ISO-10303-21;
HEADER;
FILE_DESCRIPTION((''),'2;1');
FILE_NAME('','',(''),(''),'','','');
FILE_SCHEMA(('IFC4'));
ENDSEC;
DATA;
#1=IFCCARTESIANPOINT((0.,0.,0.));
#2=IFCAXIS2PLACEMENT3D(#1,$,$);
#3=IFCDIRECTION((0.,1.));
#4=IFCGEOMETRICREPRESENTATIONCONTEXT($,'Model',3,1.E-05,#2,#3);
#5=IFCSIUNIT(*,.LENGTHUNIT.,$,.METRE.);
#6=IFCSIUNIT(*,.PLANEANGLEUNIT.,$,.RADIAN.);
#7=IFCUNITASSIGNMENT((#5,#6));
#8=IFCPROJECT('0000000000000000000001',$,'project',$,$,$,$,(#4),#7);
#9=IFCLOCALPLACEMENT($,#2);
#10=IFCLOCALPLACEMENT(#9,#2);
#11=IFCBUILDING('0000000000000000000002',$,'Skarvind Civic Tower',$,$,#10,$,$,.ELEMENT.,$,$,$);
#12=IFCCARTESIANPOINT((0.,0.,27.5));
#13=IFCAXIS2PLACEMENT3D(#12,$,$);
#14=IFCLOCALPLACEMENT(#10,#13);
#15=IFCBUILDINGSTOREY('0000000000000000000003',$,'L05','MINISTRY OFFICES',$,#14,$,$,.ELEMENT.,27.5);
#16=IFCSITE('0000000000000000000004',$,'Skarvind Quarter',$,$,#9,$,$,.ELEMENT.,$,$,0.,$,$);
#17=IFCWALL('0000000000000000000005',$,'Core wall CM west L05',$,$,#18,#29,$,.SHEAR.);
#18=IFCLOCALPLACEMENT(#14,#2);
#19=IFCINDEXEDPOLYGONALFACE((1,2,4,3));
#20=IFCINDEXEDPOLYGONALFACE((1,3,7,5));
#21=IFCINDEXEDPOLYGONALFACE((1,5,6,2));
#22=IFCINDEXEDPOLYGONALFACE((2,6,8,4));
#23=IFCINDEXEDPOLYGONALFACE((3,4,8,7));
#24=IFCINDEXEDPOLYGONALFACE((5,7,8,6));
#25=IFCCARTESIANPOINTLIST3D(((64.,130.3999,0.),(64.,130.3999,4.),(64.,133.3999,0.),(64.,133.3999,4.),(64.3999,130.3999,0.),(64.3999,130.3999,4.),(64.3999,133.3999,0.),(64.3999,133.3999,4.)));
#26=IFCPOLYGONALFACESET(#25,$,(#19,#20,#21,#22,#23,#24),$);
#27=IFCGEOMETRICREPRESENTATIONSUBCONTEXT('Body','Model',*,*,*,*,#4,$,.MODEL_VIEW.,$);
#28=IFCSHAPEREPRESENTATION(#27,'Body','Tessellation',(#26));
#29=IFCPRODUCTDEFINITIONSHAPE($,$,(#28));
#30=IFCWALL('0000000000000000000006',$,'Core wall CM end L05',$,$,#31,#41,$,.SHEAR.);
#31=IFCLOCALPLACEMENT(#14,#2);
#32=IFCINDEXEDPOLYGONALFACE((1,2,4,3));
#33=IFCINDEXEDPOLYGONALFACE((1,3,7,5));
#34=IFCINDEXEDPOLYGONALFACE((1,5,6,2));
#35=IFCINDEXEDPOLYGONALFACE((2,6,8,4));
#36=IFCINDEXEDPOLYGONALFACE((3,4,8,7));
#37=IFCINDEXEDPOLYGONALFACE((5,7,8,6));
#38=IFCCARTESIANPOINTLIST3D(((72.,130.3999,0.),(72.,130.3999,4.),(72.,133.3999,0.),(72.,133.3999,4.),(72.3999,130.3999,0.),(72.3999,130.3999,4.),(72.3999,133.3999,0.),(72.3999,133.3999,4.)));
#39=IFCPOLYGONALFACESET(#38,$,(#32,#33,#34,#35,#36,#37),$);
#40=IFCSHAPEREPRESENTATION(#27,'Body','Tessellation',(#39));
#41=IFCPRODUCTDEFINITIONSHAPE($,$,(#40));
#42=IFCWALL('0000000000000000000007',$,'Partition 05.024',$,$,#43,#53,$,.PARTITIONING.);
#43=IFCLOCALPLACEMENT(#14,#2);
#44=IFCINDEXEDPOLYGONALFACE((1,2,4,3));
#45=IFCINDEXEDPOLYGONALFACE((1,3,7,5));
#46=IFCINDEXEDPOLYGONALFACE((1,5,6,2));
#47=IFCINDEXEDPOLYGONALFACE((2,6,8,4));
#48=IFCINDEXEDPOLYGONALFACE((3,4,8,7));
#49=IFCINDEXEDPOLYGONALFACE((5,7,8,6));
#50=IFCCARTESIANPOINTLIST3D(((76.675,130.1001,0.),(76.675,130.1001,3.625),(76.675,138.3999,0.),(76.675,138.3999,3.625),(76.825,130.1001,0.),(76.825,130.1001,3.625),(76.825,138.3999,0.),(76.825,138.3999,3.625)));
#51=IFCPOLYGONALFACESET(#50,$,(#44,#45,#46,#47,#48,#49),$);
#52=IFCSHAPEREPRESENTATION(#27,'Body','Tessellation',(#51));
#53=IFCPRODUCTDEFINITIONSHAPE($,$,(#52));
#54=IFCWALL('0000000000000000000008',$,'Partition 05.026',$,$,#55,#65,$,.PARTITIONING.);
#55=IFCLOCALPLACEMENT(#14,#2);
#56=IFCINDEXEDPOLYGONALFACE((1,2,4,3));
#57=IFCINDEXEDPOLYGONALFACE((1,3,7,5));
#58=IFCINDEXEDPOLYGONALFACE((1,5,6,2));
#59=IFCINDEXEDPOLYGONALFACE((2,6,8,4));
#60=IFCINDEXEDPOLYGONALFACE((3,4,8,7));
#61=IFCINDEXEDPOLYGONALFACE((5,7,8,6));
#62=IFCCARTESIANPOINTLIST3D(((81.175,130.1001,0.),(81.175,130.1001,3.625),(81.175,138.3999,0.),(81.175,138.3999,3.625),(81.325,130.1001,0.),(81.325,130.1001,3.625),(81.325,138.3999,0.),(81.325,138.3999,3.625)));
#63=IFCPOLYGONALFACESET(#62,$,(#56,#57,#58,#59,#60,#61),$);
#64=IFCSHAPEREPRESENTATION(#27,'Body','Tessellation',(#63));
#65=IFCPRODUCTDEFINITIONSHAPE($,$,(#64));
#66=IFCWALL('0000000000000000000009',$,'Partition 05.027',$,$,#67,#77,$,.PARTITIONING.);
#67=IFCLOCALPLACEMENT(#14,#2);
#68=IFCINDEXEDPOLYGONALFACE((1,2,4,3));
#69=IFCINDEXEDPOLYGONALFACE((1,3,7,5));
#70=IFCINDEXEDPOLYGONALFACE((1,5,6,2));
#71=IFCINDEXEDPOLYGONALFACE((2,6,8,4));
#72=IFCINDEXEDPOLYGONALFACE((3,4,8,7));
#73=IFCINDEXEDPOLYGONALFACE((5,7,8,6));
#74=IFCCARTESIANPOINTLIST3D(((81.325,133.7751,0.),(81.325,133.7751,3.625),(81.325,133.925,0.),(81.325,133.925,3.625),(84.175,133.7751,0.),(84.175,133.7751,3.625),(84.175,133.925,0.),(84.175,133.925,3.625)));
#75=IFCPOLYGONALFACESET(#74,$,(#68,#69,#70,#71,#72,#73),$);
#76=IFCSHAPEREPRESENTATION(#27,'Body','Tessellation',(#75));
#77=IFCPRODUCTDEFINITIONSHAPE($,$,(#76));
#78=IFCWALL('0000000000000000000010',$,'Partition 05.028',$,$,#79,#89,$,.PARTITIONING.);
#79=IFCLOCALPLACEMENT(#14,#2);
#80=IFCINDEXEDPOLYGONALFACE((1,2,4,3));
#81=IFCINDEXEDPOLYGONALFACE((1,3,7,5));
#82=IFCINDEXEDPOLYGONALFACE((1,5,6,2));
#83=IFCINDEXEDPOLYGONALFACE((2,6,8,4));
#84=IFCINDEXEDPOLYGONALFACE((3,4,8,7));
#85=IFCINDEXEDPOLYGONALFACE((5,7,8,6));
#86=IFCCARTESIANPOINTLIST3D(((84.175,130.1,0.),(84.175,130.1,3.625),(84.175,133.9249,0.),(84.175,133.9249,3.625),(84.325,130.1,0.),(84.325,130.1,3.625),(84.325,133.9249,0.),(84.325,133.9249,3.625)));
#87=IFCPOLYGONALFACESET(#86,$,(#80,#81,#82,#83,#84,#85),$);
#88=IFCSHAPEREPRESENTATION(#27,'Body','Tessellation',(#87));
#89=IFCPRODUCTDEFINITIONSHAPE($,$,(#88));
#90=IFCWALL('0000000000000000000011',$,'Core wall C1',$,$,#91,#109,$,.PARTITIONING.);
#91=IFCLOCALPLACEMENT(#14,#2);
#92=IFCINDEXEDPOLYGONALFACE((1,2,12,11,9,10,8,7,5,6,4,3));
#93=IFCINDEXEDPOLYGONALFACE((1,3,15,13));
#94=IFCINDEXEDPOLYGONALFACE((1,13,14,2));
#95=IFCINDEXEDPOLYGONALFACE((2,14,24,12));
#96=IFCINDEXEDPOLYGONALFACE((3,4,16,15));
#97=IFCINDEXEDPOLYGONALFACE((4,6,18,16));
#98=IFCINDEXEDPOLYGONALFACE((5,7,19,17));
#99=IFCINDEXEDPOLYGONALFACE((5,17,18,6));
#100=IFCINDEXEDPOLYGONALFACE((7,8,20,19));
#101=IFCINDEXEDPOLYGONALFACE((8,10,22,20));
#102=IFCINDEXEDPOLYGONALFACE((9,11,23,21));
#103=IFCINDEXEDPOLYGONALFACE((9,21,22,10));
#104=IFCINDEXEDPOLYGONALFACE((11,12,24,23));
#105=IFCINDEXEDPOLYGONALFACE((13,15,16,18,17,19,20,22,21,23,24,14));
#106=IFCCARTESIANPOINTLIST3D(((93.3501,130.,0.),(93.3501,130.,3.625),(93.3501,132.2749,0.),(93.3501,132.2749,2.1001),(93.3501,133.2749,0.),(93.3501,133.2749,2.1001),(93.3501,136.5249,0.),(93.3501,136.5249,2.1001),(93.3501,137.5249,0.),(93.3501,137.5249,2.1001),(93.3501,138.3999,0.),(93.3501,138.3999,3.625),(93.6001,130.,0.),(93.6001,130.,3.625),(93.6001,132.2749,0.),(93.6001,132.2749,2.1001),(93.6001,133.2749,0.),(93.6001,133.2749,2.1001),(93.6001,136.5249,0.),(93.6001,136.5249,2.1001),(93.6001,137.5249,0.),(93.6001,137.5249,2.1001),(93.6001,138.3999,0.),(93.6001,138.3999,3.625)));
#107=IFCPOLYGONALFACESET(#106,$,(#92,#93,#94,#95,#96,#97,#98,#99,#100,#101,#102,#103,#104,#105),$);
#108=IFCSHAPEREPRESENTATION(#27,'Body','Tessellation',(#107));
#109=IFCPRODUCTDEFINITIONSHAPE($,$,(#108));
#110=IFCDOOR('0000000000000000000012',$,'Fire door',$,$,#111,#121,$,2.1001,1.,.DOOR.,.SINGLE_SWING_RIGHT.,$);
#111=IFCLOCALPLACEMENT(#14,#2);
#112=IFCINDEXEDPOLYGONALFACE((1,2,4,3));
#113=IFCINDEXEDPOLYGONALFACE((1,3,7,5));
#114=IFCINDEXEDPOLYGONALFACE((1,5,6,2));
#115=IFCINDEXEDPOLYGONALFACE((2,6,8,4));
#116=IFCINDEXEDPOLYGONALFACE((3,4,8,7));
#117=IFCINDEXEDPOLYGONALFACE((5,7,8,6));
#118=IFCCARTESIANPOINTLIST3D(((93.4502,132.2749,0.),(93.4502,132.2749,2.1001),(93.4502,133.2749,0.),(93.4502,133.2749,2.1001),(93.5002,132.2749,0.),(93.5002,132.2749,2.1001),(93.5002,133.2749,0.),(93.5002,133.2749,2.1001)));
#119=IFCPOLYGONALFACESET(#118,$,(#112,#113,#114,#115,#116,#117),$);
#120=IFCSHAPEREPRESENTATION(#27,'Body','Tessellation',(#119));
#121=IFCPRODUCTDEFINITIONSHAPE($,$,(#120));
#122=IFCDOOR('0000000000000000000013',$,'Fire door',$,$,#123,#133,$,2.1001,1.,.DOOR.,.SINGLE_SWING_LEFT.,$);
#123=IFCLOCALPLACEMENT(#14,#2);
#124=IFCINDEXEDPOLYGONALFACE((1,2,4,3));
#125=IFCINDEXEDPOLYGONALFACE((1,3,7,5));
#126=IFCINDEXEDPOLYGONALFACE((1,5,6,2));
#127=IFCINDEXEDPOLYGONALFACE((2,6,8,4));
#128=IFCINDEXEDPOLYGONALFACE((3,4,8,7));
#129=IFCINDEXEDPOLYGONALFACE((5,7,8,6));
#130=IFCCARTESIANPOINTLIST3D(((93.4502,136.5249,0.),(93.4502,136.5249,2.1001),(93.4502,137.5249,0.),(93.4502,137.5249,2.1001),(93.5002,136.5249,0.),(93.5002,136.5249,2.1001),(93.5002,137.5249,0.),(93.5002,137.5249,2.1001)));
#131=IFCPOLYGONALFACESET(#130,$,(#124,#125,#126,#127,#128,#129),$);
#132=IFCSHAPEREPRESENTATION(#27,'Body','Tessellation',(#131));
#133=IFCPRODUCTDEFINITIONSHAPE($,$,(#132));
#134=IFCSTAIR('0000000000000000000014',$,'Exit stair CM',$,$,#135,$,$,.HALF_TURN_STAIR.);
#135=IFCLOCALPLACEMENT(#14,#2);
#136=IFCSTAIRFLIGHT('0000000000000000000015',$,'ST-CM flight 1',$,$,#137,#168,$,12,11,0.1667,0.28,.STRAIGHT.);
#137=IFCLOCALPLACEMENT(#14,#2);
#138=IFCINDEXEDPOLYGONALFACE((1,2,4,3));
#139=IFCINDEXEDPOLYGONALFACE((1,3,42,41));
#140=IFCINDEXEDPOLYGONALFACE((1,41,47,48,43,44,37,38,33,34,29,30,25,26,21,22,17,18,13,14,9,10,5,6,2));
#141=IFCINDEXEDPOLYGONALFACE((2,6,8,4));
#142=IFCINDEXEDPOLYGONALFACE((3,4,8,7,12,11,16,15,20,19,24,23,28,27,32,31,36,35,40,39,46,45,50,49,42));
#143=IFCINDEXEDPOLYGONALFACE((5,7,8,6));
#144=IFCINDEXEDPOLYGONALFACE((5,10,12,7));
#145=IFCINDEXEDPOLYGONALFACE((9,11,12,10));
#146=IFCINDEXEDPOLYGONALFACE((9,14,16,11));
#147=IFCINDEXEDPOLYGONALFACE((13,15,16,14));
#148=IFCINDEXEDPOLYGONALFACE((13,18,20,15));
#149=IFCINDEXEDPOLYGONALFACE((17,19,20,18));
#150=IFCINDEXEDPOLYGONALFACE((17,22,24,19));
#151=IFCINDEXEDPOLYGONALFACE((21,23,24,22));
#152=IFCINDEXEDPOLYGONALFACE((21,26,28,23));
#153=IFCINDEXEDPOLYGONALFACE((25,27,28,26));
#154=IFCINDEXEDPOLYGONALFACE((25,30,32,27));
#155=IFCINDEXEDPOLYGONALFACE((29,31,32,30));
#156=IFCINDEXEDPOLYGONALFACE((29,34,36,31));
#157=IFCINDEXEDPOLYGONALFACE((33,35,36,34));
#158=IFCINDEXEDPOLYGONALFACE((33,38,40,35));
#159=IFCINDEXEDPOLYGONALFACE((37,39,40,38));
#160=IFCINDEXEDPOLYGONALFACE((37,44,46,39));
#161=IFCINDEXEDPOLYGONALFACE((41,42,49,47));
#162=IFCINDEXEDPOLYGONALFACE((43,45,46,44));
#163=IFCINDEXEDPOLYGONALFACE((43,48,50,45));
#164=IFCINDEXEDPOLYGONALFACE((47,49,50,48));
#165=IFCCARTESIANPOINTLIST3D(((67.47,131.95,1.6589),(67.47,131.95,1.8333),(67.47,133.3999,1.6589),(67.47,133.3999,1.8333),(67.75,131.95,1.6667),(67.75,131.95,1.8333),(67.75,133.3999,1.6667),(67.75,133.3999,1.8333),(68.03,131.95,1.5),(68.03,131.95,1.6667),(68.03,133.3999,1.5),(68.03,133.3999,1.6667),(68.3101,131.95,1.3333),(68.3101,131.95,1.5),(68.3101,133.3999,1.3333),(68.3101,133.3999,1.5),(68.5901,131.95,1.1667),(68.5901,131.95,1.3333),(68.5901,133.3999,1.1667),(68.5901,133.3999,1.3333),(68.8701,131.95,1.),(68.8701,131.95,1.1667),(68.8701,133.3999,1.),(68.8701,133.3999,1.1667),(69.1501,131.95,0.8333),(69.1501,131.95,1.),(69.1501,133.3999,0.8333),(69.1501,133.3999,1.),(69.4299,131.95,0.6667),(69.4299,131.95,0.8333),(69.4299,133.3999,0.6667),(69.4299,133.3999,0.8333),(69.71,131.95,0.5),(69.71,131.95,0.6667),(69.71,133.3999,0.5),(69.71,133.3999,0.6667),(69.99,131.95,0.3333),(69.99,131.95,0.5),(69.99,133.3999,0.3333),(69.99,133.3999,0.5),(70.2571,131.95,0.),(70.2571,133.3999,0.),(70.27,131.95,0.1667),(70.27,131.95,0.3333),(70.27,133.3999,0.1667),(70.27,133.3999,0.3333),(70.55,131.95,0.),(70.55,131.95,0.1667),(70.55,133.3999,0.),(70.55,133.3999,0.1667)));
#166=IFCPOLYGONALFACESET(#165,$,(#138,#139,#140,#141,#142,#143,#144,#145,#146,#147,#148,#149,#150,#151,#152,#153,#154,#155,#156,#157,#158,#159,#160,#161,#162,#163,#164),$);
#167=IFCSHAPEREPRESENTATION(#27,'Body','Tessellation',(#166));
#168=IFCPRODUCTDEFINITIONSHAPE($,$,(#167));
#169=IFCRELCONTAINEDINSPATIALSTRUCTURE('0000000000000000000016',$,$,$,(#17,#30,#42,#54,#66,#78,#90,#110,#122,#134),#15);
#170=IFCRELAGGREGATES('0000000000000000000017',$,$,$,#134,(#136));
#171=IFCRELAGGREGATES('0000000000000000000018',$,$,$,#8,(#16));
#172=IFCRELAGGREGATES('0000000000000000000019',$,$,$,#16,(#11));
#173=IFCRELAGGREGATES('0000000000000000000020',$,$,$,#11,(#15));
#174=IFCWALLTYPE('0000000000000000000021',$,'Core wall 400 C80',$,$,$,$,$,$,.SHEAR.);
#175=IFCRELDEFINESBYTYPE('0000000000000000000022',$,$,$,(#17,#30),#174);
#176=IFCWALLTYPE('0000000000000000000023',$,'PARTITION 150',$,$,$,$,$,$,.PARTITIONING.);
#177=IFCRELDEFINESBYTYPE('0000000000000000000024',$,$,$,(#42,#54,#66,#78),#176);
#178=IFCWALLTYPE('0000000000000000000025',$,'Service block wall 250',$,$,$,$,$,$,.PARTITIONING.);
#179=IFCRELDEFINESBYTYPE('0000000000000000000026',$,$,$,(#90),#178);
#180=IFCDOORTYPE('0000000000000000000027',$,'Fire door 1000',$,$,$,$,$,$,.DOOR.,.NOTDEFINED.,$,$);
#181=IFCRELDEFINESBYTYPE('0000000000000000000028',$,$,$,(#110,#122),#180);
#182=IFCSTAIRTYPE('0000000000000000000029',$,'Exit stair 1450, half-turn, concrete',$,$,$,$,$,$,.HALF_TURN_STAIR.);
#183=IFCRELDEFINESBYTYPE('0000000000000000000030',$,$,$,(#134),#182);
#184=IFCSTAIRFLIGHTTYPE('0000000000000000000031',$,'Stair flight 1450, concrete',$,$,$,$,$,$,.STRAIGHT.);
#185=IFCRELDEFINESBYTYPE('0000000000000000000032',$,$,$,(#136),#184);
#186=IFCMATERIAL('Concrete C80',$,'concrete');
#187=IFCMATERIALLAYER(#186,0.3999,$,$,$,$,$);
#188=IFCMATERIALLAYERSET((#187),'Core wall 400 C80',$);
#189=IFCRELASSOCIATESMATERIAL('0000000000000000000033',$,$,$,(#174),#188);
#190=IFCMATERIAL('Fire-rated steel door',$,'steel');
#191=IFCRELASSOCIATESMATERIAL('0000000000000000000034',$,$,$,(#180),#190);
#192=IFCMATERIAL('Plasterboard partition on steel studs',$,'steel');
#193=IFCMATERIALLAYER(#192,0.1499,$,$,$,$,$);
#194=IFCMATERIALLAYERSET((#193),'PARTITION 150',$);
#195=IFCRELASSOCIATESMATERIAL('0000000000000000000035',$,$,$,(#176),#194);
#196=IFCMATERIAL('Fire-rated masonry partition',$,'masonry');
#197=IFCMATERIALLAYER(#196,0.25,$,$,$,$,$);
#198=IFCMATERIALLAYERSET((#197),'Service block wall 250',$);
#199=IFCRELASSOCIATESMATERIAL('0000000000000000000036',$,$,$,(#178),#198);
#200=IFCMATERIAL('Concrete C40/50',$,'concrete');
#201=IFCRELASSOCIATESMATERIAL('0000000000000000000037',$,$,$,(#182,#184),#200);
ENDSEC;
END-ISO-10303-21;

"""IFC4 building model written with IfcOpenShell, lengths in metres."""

from ifc_helpers import new_model, si_unit, direction, frame, frame_2d, origin, place, context, subcontext, project, spatial, polyline, rectangle, outline, extrude, material, layer, layer_set, type_object, element, fill, aggregate, save


model = new_model("IFC4")

# Units and contexts
model_context = context("Model", 3, precision=1e-05, world=origin(), true_north=direction((0.0, 1.0)))
body_context = subcontext(model_context, "Body", "Model", "MODEL_VIEW")
ifc_project = project(units=[si_unit("LENGTHUNIT", "METRE"), si_unit("PLANEANGLEUNIT", "RADIAN")], contexts=[model_context])

# Site, building, storey
site_placement = place(None, origin())
site = spatial("IfcSite", under=ifc_project, at=site_placement, Name="Skarvind Quarter", CompositionType="ELEMENT", RefElevation=0.0)
building_placement = place(site_placement, origin())
building = spatial("IfcBuilding", under=site, at=building_placement, Name="Skarvind Civic Tower", CompositionType="ELEMENT")
storey_placement = place(building_placement, frame((0.0, 0.0, 27.5)))
storey = spatial("IfcBuildingStorey", under=building, at=storey_placement, Name="L05", Description="MINISTRY OFFICES", CompositionType="ELEMENT", Elevation=27.5)

# Shared definitions
ifc_material_1 = material(Name="Concrete C80", Category="concrete")

# Shared definitions
ifc_material_2 = material(Name="Fire-rated masonry partition", Category="masonry")
ifc_material_3 = material(Name="Fire-rated steel door", Category="steel")

# Shared definitions
ifc_layer_1 = layer(ifc_material_1, 0.3999)
ifc_layer_set_1 = layer_set([ifc_layer_1], Name="Core wall 400 C80")
wall_type_1 = type_object("IfcWallType", Name="Core wall 400 C80", PredefinedType="SHEAR", material=ifc_layer_set_1)

# Shared definitions
door_type_1 = type_object("IfcDoorType", Name="Fire door 1000", OperationType="NOTDEFINED", PredefinedType="DOOR", material=ifc_material_3)

# Walls
for number, where, z_axis, x_axis, name in (
    (1, (64.2, 130.3999, 0.0), (0.0, 0.0, 1.0), (0.0, 1.0, 0.0), "Core wall CM west L05"),
    (2, (72.2, 130.3999, 0.0), (0.0, 0.0, 1.0), (0.0, 1.0, 0.0), "Core wall CM end L05"),
):
    element("IfcWall", number, at=place(storey_placement, frame(where, z_axis=z_axis, x_axis=x_axis)), inside=storey, type_object=wall_type_1, Name=name, PredefinedType="SHEAR", context=body_context, shape_type="SweptSolid", body=[
        extrude(rectangle(XDim=3.0, YDim=0.3999, at=frame_2d((1.5, 0.0))), origin(), (0.0, 0.0, 1.0), 4.0),
    ])
ifc_material_4 = material(Name="Plasterboard partition on steel studs", Category="steel")
ifc_layer_2 = layer(ifc_material_4, 0.1499)
ifc_layer_set_2 = layer_set([ifc_layer_2], Name="PARTITION 150")
wall_type_2 = type_object("IfcWallType", Name="PARTITION 150", PredefinedType="PARTITIONING", material=ifc_layer_set_2)
for number, where, z_axis, x_axis, name in (
    (3, (76.75, 130.1001, 0.0), (0.0, 0.0, 1.0), (0.0, 1.0, 0.0), "Partition 05.024"),
    (4, (81.25, 130.1001, 0.0), (0.0, 0.0, 1.0), (0.0, 1.0, 0.0), "Partition 05.026"),
):
    element("IfcWall", number, at=place(storey_placement, frame(where, z_axis=z_axis, x_axis=x_axis)), inside=storey, type_object=wall_type_2, Name=name, PredefinedType="PARTITIONING", context=body_context, shape_type="SweptSolid", body=[
        extrude(rectangle(XDim=8.2998, YDim=0.1499, at=frame_2d((4.1499, 0.0))), origin(), (0.0, 0.0, 1.0), 3.625),
    ])
wall_1_placement = place(storey_placement, frame((81.325, 133.8501, 0.0), z_axis=(0.0, 0.0, 1.0), x_axis=(1.0, 0.0, 0.0)))
element("IfcWall", 5, at=wall_1_placement, inside=storey, type_object=wall_type_2, Name="Partition 05.027", PredefinedType="PARTITIONING", context=body_context, shape_type="SweptSolid", body=[
    extrude(rectangle(XDim=2.8501, YDim=0.1499, at=frame_2d((1.425, 0.0))), origin(), (0.0, 0.0, 1.0), 3.625),
])
wall_2_placement = place(storey_placement, frame((84.25, 133.925, 0.0), z_axis=(0.0, 0.0, 1.0), x_axis=(0.0, -1.0, 0.0)))
element("IfcWall", 6, at=wall_2_placement, inside=storey, type_object=wall_type_2, Name="Partition 05.028", PredefinedType="PARTITIONING", context=body_context, shape_type="SweptSolid", body=[
    extrude(rectangle(XDim=3.825, YDim=0.1499, at=frame_2d((1.9126, 0.0))), origin(), (0.0, 0.0, 1.0), 3.625),
])

# Wall, openings, doors
ifc_layer_3 = layer(ifc_material_2, 0.25)
ifc_layer_set_3 = layer_set([ifc_layer_3], Name="Service block wall 250")
wall_type_3 = type_object("IfcWallType", Name="Service block wall 250", PredefinedType="PARTITIONING", material=ifc_layer_set_3)
wall_3_placement = place(storey_placement, frame((93.4751, 130.0, 0.0), z_axis=(0.0, 0.0, 1.0), x_axis=(0.0, 1.0, 0.0)))
wall_3 = element("IfcWall", 7, at=wall_3_placement, inside=storey, type_object=wall_type_3, Name="Core wall C1", PredefinedType="PARTITIONING", context=body_context, shape_type="SweptSolid", body=[
    extrude(rectangle(XDim=8.3999, YDim=0.25, at=frame_2d((4.2, 0.0))), origin(), (0.0, 0.0, 1.0), 3.625),
])
opening_1_placement = place(wall_3_placement, frame((2.2749, 0.0, 0.0)))
opening_1 = element("IfcOpeningElement", 8, at=opening_1_placement, cuts=wall_3, PredefinedType="OPENING", context=body_context, shape_type="SweptSolid", body=[
    extrude(rectangle(XDim=1.0, YDim=2.1001, at=frame_2d((0.5, 1.05))), frame((0.0, 0.135, 0.0), z_axis=(0.0, -1.0, 0.0), x_axis=(1.0, 0.0, 0.0)), (0.0, 0.0, 1.0), 0.27),
])
opening_2_placement = place(wall_3_placement, frame((6.5249, 0.0, 0.0)))
opening_2 = element("IfcOpeningElement", 9, at=opening_2_placement, cuts=wall_3, PredefinedType="OPENING", context=body_context, shape_type="SweptSolid", body=[
    extrude(rectangle(XDim=1.0, YDim=2.1001, at=frame_2d((0.5, 1.05))), frame((0.0, 0.135, 0.0), z_axis=(0.0, -1.0, 0.0), x_axis=(1.0, 0.0, 0.0)), (0.0, 0.0, 1.0), 0.27),
])
door_1_placement = place(opening_1_placement, origin())
door_1 = element("IfcDoor", 10, at=door_1_placement, inside=storey, type_object=door_type_1, Name="Fire door", OperationType="SINGLE_SWING_RIGHT", OverallHeight=2.1001, OverallWidth=1.0, PredefinedType="DOOR", context=body_context, shape_type="SweptSolid", body=[
    extrude(rectangle(XDim=1.0, YDim=2.1001, at=frame_2d((0.5, 1.05))), frame((0.0, 0.0249, 0.0), z_axis=(0.0, -1.0, 0.0), x_axis=(1.0, 0.0, 0.0)), (0.0, 0.0, 1.0), 0.05),
])
fill(opening_1, door_1)
door_2_placement = place(opening_2_placement, origin())
door_2 = element("IfcDoor", 11, at=door_2_placement, inside=storey, type_object=door_type_1, Name="Fire door", OperationType="SINGLE_SWING_LEFT", OverallHeight=2.1001, OverallWidth=1.0, PredefinedType="DOOR", context=body_context, shape_type="SweptSolid", body=[
    extrude(rectangle(XDim=1.0, YDim=2.1001, at=frame_2d((0.5, 1.05))), frame((0.0, 0.0249, 0.0), z_axis=(0.0, -1.0, 0.0), x_axis=(1.0, 0.0, 0.0)), (0.0, 0.0, 1.0), 0.05),
])
fill(opening_2, door_2)

# Stair, stair flight
ifc_material_5 = material(Name="Concrete C40/50", Category="concrete")
stair_type = type_object("IfcStairType", Name="Exit stair 1450, half-turn, concrete", PredefinedType="HALF_TURN_STAIR", material=ifc_material_5)
stair_placement = place(storey_placement, origin())
stair = element("IfcStair", 12, at=stair_placement, inside=storey, type_object=stair_type, Name="Exit stair CM", PredefinedType="HALF_TURN_STAIR")
stair_flight_type = type_object("IfcStairFlightType", Name="Stair flight 1450, concrete", PredefinedType="STRAIGHT", material=ifc_material_5)
stair_flight_1_placement = place(storey_placement, frame((70.55, 132.675, 0.0), z_axis=(0.0, 0.0, 1.0), x_axis=(-1.0, 0.0, 0.0)))
stair_flight_1 = element("IfcStairFlight", 13, at=stair_flight_1_placement, type_object=stair_flight_type, Name="ST-CM flight 1", NumberOfRisers=12, NumberOfTreads=11, PredefinedType="STRAIGHT", RiserHeight=0.1667, TreadLength=0.28, context=body_context, shape_type="SweptSolid", body=[
    extrude(outline(polyline([(0.0, 0.0), (0.0, 0.1667), (0.28, 0.1667), (0.28, 0.3333), (0.5601, 0.3333), (0.5601, 0.5), (0.8401, 0.5), (0.8401, 0.6667), (1.1201, 0.6667), (1.1201, 0.8333), (1.3999, 0.8333), (1.3999, 1.0), (1.6799, 1.0), (1.6799, 1.1667), (1.96, 1.1667), (1.96, 1.3333), (2.24, 1.3333), (2.24, 1.5), (2.52, 1.5), (2.52, 1.6667), (2.8, 1.6667), (2.8, 1.8333), (3.0801, 1.8333), (3.0801, 2.0), (3.0801, 1.6589), (0.293, 0.0), (0.0, 0.0)])), frame((0.0, 0.7251, 0.0), z_axis=(0.0, -1.0, 0.0), x_axis=(1.0, 0.0, 0.0)), (0.0, 0.0, 1.0), 1.45),
])
aggregate(stair, [stair_flight_1])

save(model, "model.ifc")
